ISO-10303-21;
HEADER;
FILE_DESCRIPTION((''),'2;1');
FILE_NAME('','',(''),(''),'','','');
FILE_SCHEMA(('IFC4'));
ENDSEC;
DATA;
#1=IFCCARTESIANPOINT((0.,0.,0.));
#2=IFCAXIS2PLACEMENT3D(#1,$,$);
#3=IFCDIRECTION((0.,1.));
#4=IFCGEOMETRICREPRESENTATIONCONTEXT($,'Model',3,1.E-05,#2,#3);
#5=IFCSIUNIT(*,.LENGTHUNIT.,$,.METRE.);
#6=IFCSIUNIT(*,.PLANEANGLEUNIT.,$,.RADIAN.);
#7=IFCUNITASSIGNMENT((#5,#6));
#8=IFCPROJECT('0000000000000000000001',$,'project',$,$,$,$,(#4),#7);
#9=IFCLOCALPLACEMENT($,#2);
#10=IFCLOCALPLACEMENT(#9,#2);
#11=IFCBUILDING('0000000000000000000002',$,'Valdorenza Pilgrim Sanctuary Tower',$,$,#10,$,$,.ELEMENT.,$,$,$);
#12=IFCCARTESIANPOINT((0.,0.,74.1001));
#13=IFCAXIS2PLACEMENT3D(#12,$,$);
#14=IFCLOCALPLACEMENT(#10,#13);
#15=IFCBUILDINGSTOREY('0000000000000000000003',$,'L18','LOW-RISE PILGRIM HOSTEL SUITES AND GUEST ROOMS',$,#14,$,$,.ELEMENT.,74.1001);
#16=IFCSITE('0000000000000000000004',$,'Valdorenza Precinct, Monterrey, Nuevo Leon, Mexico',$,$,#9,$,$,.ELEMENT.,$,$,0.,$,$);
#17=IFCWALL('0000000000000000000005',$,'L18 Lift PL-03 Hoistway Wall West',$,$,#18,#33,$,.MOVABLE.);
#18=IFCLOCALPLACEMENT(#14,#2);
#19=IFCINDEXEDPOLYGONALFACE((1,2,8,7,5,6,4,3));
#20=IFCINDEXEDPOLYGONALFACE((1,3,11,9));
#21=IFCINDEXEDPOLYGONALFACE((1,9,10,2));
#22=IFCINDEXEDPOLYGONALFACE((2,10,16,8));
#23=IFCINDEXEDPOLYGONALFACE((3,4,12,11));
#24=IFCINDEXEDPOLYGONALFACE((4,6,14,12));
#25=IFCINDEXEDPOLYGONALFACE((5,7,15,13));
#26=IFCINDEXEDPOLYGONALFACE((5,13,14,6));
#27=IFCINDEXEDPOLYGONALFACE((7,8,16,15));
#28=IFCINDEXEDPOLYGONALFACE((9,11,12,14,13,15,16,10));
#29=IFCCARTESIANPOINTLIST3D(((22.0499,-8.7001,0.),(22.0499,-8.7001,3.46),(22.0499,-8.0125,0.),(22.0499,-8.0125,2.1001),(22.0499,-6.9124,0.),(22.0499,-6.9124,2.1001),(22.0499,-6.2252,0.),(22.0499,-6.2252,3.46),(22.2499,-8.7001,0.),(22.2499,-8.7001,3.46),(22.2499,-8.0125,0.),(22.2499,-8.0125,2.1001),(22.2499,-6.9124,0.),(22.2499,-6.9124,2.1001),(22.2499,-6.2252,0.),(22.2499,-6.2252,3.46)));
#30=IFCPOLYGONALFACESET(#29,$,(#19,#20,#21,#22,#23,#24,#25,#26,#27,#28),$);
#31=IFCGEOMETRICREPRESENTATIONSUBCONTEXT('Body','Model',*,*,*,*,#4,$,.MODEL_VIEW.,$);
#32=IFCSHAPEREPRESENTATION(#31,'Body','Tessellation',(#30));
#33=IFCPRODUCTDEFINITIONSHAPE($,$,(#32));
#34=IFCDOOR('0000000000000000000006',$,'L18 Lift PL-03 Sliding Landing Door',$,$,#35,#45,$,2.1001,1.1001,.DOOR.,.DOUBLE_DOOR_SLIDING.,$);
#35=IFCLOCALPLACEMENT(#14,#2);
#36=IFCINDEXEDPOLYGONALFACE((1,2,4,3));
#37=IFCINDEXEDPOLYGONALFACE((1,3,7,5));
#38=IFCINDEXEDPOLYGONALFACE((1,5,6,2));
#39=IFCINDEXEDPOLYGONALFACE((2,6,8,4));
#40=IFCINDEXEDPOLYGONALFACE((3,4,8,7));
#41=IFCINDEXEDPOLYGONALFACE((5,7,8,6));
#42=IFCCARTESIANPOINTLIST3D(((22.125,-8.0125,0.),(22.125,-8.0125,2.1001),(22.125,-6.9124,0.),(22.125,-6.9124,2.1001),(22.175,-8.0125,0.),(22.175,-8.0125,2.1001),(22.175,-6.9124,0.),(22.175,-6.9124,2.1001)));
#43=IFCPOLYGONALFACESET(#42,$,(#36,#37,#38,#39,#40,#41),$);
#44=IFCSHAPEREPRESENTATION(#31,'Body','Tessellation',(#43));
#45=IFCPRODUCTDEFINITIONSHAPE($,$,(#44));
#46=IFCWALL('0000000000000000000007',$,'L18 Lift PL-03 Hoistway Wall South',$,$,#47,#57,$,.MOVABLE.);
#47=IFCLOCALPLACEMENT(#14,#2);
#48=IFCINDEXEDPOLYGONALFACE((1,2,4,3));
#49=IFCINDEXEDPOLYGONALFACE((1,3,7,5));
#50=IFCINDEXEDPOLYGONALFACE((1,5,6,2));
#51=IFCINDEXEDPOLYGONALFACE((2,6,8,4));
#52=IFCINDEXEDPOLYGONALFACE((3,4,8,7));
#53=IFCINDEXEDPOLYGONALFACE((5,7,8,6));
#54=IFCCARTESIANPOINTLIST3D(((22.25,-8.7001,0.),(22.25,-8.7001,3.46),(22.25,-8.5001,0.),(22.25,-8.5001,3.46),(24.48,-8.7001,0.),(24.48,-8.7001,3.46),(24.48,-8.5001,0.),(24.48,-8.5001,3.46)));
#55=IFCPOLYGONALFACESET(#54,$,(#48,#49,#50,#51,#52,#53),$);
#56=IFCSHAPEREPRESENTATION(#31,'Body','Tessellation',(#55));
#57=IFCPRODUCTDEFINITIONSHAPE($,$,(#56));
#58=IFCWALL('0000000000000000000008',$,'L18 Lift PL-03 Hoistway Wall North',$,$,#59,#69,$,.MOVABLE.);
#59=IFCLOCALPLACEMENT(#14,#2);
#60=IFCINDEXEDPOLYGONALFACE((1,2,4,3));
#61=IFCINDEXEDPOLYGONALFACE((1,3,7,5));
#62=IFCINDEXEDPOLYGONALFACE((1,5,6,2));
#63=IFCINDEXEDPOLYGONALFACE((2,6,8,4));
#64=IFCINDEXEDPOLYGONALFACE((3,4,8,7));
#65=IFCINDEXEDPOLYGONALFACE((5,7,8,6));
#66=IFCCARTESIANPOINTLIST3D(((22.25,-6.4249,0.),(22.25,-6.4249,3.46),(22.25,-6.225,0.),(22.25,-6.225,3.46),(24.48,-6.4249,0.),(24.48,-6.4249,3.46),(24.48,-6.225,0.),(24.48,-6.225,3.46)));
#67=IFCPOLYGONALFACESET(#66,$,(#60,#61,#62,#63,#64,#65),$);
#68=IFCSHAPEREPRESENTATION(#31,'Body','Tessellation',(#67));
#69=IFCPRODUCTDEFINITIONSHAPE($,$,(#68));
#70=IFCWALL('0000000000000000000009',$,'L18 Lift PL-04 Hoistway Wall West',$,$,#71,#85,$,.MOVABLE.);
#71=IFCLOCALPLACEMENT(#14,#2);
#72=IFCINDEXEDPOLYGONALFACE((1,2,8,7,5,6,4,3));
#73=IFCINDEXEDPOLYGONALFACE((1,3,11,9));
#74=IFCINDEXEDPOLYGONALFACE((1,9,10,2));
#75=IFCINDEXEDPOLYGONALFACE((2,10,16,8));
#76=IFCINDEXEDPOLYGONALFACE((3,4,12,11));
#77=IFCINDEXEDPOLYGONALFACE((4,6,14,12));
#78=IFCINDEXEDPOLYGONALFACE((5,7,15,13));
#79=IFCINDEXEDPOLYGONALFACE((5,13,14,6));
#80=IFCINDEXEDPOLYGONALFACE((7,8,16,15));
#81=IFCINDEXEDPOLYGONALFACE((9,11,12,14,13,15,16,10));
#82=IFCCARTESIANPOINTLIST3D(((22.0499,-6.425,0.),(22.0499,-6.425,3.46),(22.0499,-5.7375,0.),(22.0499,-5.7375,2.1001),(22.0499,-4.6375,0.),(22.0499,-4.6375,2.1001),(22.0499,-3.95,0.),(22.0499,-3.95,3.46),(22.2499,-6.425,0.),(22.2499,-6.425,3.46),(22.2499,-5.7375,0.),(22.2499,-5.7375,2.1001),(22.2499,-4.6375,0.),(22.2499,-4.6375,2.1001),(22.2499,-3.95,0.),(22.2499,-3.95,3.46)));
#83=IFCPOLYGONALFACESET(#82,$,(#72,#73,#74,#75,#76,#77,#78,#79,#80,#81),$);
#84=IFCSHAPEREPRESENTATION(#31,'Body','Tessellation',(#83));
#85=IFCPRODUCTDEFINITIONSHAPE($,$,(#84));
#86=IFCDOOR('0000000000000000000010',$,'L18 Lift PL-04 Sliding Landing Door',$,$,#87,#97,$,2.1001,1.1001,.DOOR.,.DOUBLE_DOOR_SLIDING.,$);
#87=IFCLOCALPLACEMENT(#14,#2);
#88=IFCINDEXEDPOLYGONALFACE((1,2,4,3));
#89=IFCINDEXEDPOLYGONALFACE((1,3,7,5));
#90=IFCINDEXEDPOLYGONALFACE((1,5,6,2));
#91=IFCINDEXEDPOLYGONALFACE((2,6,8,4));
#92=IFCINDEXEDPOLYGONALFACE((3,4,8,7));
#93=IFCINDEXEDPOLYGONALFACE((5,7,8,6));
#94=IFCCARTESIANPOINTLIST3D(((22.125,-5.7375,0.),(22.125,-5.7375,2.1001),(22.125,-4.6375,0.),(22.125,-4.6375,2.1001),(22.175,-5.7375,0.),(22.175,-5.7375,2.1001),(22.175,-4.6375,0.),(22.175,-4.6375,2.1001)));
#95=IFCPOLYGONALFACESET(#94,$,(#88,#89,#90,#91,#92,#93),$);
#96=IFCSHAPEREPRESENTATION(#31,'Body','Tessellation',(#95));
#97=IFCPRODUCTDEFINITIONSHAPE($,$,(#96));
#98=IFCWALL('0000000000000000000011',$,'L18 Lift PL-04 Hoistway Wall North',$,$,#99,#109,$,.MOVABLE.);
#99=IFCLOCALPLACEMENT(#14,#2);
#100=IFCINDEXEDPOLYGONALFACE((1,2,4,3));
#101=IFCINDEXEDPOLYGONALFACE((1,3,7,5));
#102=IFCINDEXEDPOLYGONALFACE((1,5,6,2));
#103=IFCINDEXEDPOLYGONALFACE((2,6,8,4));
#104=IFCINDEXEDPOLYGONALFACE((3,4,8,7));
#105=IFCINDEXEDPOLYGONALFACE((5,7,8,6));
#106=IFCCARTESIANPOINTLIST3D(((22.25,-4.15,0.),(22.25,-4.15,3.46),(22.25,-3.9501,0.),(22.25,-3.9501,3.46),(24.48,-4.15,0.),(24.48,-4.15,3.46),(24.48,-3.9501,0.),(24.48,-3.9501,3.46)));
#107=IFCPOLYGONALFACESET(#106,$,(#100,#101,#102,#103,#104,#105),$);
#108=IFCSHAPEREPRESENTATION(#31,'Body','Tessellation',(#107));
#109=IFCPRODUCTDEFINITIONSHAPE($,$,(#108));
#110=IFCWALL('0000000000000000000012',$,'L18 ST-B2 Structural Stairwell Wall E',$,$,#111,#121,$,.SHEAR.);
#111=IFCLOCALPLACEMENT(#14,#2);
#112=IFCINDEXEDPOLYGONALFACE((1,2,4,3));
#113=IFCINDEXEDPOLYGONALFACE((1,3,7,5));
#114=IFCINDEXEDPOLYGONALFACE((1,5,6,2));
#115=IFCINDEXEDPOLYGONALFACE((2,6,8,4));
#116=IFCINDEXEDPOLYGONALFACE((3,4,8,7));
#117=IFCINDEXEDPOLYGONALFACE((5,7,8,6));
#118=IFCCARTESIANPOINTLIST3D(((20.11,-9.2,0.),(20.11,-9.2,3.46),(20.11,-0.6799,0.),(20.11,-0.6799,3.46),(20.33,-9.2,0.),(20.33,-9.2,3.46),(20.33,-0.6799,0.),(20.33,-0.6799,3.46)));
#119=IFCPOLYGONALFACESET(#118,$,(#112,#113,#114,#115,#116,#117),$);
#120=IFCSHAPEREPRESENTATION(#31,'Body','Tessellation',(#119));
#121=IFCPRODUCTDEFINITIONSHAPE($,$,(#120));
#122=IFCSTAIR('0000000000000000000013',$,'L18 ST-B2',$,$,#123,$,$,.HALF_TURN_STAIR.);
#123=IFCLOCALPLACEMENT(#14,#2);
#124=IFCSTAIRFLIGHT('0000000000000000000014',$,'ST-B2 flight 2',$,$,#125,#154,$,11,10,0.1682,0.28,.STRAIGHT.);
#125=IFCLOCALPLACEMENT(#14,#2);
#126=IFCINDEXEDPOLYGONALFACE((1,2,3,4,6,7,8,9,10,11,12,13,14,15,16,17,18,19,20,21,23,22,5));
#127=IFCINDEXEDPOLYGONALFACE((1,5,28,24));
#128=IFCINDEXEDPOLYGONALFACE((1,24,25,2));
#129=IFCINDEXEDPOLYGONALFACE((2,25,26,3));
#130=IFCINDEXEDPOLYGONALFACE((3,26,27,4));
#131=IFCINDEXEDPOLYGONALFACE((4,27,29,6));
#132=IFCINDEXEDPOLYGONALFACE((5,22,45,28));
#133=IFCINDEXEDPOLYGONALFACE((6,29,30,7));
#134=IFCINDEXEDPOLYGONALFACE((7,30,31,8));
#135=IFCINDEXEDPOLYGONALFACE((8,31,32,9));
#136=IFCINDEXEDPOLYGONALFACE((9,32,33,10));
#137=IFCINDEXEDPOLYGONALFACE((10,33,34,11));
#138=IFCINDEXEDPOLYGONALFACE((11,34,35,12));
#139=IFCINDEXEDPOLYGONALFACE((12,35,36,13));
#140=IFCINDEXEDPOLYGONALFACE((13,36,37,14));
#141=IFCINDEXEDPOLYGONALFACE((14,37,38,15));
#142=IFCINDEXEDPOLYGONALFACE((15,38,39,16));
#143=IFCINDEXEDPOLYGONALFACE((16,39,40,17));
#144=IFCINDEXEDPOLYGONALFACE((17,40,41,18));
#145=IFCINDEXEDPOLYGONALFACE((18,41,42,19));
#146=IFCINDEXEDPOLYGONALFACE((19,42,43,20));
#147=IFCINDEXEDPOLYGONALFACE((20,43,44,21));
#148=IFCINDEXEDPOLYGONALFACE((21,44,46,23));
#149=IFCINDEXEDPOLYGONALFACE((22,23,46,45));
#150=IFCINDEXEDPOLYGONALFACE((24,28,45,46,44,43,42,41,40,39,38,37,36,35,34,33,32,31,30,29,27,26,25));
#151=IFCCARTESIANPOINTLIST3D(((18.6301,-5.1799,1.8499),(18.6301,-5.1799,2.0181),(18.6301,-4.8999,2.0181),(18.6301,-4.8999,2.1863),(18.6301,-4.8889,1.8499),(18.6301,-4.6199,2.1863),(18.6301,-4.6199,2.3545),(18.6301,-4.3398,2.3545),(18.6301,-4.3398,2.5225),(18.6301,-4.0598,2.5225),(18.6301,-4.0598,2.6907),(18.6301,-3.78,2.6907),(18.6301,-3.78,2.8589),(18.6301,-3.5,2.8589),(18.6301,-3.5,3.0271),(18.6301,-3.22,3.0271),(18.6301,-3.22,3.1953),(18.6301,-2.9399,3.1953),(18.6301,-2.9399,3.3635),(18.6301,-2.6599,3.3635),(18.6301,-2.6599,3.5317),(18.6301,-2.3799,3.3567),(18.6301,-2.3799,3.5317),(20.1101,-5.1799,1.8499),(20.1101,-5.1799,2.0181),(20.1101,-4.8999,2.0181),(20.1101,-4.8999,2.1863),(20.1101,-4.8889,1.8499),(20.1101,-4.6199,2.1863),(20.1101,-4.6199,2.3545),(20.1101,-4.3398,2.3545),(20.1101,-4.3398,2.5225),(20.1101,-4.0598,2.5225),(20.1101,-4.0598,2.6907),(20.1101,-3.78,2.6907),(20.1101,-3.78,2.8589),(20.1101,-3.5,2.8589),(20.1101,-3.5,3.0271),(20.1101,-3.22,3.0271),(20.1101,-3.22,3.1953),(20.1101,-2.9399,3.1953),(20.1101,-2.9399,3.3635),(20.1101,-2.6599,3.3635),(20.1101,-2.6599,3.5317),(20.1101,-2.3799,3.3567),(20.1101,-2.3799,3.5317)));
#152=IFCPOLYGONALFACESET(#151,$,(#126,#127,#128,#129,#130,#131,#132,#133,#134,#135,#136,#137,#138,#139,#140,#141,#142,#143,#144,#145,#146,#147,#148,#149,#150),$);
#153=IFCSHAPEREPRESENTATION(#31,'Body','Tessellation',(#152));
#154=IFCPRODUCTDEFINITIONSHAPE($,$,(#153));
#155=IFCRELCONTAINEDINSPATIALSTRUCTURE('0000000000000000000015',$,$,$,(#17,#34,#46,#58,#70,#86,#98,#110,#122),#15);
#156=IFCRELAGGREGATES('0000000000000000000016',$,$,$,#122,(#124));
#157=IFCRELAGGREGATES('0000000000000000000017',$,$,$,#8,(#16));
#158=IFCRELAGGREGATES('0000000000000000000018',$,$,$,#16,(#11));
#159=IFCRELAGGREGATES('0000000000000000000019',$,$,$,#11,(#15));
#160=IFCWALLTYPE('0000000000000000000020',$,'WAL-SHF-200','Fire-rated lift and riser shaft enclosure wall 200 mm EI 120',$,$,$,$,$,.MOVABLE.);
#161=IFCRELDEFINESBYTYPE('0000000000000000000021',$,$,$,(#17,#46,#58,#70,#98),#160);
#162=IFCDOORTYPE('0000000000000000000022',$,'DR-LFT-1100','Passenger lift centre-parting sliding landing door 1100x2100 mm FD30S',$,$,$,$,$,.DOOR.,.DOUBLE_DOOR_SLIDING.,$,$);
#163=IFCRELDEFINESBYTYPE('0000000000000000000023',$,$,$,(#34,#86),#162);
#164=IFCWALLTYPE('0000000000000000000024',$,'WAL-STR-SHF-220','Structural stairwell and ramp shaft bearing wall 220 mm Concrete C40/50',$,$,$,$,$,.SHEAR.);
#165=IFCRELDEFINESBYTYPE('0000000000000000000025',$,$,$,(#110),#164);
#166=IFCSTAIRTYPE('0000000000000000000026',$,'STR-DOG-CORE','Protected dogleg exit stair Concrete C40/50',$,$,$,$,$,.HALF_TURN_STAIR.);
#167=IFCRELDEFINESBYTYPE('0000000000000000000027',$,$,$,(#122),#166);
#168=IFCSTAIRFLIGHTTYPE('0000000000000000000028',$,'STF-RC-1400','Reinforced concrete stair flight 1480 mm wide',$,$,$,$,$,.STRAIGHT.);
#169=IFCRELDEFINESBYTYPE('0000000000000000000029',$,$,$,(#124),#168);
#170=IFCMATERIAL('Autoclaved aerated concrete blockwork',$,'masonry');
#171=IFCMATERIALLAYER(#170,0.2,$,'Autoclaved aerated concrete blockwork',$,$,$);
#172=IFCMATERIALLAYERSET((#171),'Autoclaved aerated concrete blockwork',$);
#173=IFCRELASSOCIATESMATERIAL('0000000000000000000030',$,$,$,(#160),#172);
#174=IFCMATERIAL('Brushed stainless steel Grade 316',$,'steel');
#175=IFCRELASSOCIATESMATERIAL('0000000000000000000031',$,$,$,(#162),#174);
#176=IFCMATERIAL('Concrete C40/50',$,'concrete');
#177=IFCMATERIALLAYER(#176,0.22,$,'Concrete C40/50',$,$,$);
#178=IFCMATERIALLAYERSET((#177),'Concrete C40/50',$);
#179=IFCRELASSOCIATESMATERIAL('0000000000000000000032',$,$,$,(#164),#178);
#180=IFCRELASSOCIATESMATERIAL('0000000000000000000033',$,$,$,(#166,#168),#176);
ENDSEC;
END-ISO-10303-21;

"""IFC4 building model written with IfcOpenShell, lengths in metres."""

from ifc_helpers import new_model, si_unit, direction, frame, frame_2d, origin, place, context, subcontext, project, spatial, polyline, rectangle, outline, extrude, material, layer, layer_set, type_object, element, fill, aggregate, save


model = new_model("IFC4")

# Units and contexts
model_context = context("Model", 3, precision=1e-05, world=origin(), true_north=direction((0.0, 1.0)))
body_context = subcontext(model_context, "Body", "Model", "MODEL_VIEW")
ifc_project = project(units=[si_unit("LENGTHUNIT", "METRE"), si_unit("PLANEANGLEUNIT", "RADIAN")], contexts=[model_context])

# Site, building, storey
site_placement = place(None, origin())
site = spatial("IfcSite", under=ifc_project, at=site_placement, Name="Valdorenza Precinct, Monterrey, Nuevo Leon, Mexico", CompositionType="ELEMENT", RefElevation=0.0)
building_placement = place(site_placement, origin())
building = spatial("IfcBuilding", under=site, at=building_placement, Name="Valdorenza Pilgrim Sanctuary Tower", CompositionType="ELEMENT")
storey_placement = place(building_placement, frame((0.0, 0.0, 74.1001)))
storey = spatial("IfcBuildingStorey", under=building, at=storey_placement, Name="L18", Description="LOW-RISE PILGRIM HOSTEL SUITES AND GUEST ROOMS", CompositionType="ELEMENT", Elevation=74.1001)

# Wall, opening, door
ifc_material_1 = material(Name="Autoclaved aerated concrete blockwork", Category="masonry")
ifc_layer_1 = layer(ifc_material_1, 0.2, Name="Autoclaved aerated concrete blockwork")
ifc_layer_set_1 = layer_set([ifc_layer_1], Name="Autoclaved aerated concrete blockwork")
wall_type_1 = type_object("IfcWallType", Name="WAL-SHF-200", Description="Fire-rated lift and riser shaft enclosure wall 200 mm EI 120", PredefinedType="MOVABLE", material=ifc_layer_set_1)
wall_1_placement = place(storey_placement, frame((22.1499, -8.7, 0.0), z_axis=(0.0, 0.0, 1.0), x_axis=(0.0, 1.0, 0.0)))
wall_1 = element("IfcWall", 1, at=wall_1_placement, inside=storey, type_object=wall_type_1, Name="L18 Lift PL-03 Hoistway Wall West", PredefinedType="MOVABLE", context=body_context, shape_type="SweptSolid", body=[
    extrude(rectangle(XDim=2.4749, YDim=0.2, at=frame_2d((1.2373, 0.0))), origin(), (0.0, 0.0, 1.0), 3.46),
])
opening_1_placement = place(wall_1_placement, frame((0.6875, 0.0, 0.0)))
opening_1 = element("IfcOpeningElement", 2, at=opening_1_placement, cuts=wall_1, PredefinedType="OPENING", context=body_context, shape_type="SweptSolid", body=[
    extrude(rectangle(XDim=1.1001, YDim=2.1001, at=frame_2d((0.55, 1.05))), frame((0.0, 0.1147, 0.0), z_axis=(0.0, -1.0, 0.0), x_axis=(1.0, 0.0, 0.0)), (0.0, 0.0, 1.0), 0.2297),
])
ifc_material_2 = material(Name="Brushed stainless steel Grade 316", Category="steel")
door_type = type_object("IfcDoorType", Name="DR-LFT-1100", Description="Passenger lift centre-parting sliding landing door 1100x2100 mm FD30S", OperationType="DOUBLE_DOOR_SLIDING", PredefinedType="DOOR", material=ifc_material_2)
door_1_placement = place(opening_1_placement, origin())
door_1 = element("IfcDoor", 3, at=door_1_placement, inside=storey, type_object=door_type, Name="L18 Lift PL-03 Sliding Landing Door", OperationType="DOUBLE_DOOR_SLIDING", OverallHeight=2.1001, OverallWidth=1.1001, PredefinedType="DOOR", context=body_context, shape_type="SweptSolid", body=[
    extrude(rectangle(XDim=1.1001, YDim=2.1001, at=frame_2d((0.55, 1.05))), frame((0.0, 0.0249, 0.0), z_axis=(0.0, -1.0, 0.0), x_axis=(1.0, 0.0, 0.0)), (0.0, 0.0, 1.0), 0.05),
])
fill(opening_1, door_1)

# Walls
for number, where, z_axis, x_axis, name in (
    (4, (22.25, -8.6001, 0.0), (0.0, 0.0, 1.0), (1.0, 0.0, 0.0), "L18 Lift PL-03 Hoistway Wall South"),
    (5, (22.25, -6.325, 0.0), (0.0, 0.0, 1.0), (1.0, 0.0, 0.0), "L18 Lift PL-03 Hoistway Wall North"),
):
    element("IfcWall", number, at=place(storey_placement, frame(where, z_axis=z_axis, x_axis=x_axis)), inside=storey, type_object=wall_type_1, Name=name, PredefinedType="MOVABLE", context=body_context, shape_type="SweptSolid", body=[
        extrude(rectangle(XDim=2.23, YDim=0.2, at=frame_2d((1.115, 0.0))), origin(), (0.0, 0.0, 1.0), 3.46),
    ])

# Wall, opening, door
wall_2_placement = place(storey_placement, frame((22.1499, -6.425, 0.0), z_axis=(0.0, 0.0, 1.0), x_axis=(0.0, 1.0, 0.0)))
wall_2 = element("IfcWall", 6, at=wall_2_placement, inside=storey, type_object=wall_type_1, Name="L18 Lift PL-04 Hoistway Wall West", PredefinedType="MOVABLE", context=body_context, shape_type="SweptSolid", body=[
    extrude(rectangle(XDim=2.4751, YDim=0.2, at=frame_2d((1.2375, 0.0))), origin(), (0.0, 0.0, 1.0), 3.46),
])
opening_2_placement = place(wall_2_placement, frame((0.6875, 0.0, 0.0)))
opening_2 = element("IfcOpeningElement", 7, at=opening_2_placement, cuts=wall_2, PredefinedType="OPENING", context=body_context, shape_type="SweptSolid", body=[
    extrude(rectangle(XDim=1.1001, YDim=2.1001, at=frame_2d((0.55, 1.05))), frame((0.0, 0.1147, 0.0), z_axis=(0.0, -1.0, 0.0), x_axis=(1.0, 0.0, 0.0)), (0.0, 0.0, 1.0), 0.2297),
])
door_2_placement = place(opening_2_placement, origin())
door_2 = element("IfcDoor", 8, at=door_2_placement, inside=storey, type_object=door_type, Name="L18 Lift PL-04 Sliding Landing Door", OperationType="DOUBLE_DOOR_SLIDING", OverallHeight=2.1001, OverallWidth=1.1001, PredefinedType="DOOR", context=body_context, shape_type="SweptSolid", body=[
    extrude(rectangle(XDim=1.1001, YDim=2.1001, at=frame_2d((0.55, 1.05))), frame((0.0, 0.0249, 0.0), z_axis=(0.0, -1.0, 0.0), x_axis=(1.0, 0.0, 0.0)), (0.0, 0.0, 1.0), 0.05),
])
fill(opening_2, door_2)

# Walls
wall_3_placement = place(storey_placement, frame((22.25, -4.05, 0.0), z_axis=(0.0, 0.0, 1.0), x_axis=(1.0, 0.0, 0.0)))
element("IfcWall", 9, at=wall_3_placement, inside=storey, type_object=wall_type_1, Name="L18 Lift PL-04 Hoistway Wall North", PredefinedType="MOVABLE", context=body_context, shape_type="SweptSolid", body=[
    extrude(rectangle(XDim=2.23, YDim=0.2, at=frame_2d((1.115, 0.0))), origin(), (0.0, 0.0, 1.0), 3.46),
])
ifc_material_3 = material(Name="Concrete C40/50", Category="concrete")
ifc_layer_2 = layer(ifc_material_3, 0.22, Name="Concrete C40/50")
ifc_layer_set_2 = layer_set([ifc_layer_2], Name="Concrete C40/50")
wall_type_2 = type_object("IfcWallType", Name="WAL-STR-SHF-220", Description="Structural stairwell and ramp shaft bearing wall 220 mm Concrete C40/50", PredefinedType="SHEAR", material=ifc_layer_set_2)
wall_4_placement = place(storey_placement, frame((20.22, -9.2, 0.0), z_axis=(0.0, 0.0, 1.0), x_axis=(0.0, 1.0, 0.0)))
element("IfcWall", 10, at=wall_4_placement, inside=storey, type_object=wall_type_2, Name="L18 ST-B2 Structural Stairwell Wall E", PredefinedType="SHEAR", context=body_context, shape_type="SweptSolid", body=[
    extrude(rectangle(XDim=8.52, YDim=0.22, at=frame_2d((4.26, 0.0))), origin(), (0.0, 0.0, 1.0), 3.46),
])

# Stair, stair flight
stair_type = type_object("IfcStairType", Name="STR-DOG-CORE", Description="Protected dogleg exit stair Concrete C40/50", PredefinedType="HALF_TURN_STAIR", material=ifc_material_3)
stair_placement = place(storey_placement, origin())
stair = element("IfcStair", 11, at=stair_placement, inside=storey, type_object=stair_type, Name="L18 ST-B2", PredefinedType="HALF_TURN_STAIR")
stair_flight_type = type_object("IfcStairFlightType", Name="STF-RC-1400", Description="Reinforced concrete stair flight 1480 mm wide", PredefinedType="STRAIGHT", material=ifc_material_3)
stair_flight_placement = place(storey_placement, frame((19.3701, -5.1799, 1.8499), z_axis=(0.0, 0.0, 1.0), x_axis=(0.0, 1.0, 0.0)))
stair_flight = element("IfcStairFlight", 12, at=stair_flight_placement, type_object=stair_flight_type, Name="ST-B2 flight 2", NumberOfRisers=11, NumberOfTreads=10, PredefinedType="STRAIGHT", RiserHeight=0.1682, TreadLength=0.28, context=body_context, shape_type="SweptSolid", body=[
    extrude(outline(polyline([(0.0, 0.0), (0.0, 0.1682), (0.28, 0.1682), (0.28, 0.3364), (0.5601, 0.3364), (0.5601, 0.5046), (0.8401, 0.5046), (0.8401, 0.6726), (1.1201, 0.6726), (1.1201, 0.8408), (1.3999, 0.8408), (1.3999, 1.009), (1.6799, 1.009), (1.6799, 1.1772), (1.96, 1.1772), (1.96, 1.3455), (2.24, 1.3455), (2.24, 1.5137), (2.52, 1.5137), (2.52, 1.6819), (2.8, 1.6819), (2.8, 1.8501), (2.8, 1.5068), (0.291, 0.0), (0.0, 0.0)])), frame((0.0, 0.74, 0.0), z_axis=(0.0, -1.0, 0.0), x_axis=(1.0, 0.0, 0.0)), (0.0, 0.0, 1.0), 1.48),
])
aggregate(stair, [stair_flight])

save(model, "model.ifc")
